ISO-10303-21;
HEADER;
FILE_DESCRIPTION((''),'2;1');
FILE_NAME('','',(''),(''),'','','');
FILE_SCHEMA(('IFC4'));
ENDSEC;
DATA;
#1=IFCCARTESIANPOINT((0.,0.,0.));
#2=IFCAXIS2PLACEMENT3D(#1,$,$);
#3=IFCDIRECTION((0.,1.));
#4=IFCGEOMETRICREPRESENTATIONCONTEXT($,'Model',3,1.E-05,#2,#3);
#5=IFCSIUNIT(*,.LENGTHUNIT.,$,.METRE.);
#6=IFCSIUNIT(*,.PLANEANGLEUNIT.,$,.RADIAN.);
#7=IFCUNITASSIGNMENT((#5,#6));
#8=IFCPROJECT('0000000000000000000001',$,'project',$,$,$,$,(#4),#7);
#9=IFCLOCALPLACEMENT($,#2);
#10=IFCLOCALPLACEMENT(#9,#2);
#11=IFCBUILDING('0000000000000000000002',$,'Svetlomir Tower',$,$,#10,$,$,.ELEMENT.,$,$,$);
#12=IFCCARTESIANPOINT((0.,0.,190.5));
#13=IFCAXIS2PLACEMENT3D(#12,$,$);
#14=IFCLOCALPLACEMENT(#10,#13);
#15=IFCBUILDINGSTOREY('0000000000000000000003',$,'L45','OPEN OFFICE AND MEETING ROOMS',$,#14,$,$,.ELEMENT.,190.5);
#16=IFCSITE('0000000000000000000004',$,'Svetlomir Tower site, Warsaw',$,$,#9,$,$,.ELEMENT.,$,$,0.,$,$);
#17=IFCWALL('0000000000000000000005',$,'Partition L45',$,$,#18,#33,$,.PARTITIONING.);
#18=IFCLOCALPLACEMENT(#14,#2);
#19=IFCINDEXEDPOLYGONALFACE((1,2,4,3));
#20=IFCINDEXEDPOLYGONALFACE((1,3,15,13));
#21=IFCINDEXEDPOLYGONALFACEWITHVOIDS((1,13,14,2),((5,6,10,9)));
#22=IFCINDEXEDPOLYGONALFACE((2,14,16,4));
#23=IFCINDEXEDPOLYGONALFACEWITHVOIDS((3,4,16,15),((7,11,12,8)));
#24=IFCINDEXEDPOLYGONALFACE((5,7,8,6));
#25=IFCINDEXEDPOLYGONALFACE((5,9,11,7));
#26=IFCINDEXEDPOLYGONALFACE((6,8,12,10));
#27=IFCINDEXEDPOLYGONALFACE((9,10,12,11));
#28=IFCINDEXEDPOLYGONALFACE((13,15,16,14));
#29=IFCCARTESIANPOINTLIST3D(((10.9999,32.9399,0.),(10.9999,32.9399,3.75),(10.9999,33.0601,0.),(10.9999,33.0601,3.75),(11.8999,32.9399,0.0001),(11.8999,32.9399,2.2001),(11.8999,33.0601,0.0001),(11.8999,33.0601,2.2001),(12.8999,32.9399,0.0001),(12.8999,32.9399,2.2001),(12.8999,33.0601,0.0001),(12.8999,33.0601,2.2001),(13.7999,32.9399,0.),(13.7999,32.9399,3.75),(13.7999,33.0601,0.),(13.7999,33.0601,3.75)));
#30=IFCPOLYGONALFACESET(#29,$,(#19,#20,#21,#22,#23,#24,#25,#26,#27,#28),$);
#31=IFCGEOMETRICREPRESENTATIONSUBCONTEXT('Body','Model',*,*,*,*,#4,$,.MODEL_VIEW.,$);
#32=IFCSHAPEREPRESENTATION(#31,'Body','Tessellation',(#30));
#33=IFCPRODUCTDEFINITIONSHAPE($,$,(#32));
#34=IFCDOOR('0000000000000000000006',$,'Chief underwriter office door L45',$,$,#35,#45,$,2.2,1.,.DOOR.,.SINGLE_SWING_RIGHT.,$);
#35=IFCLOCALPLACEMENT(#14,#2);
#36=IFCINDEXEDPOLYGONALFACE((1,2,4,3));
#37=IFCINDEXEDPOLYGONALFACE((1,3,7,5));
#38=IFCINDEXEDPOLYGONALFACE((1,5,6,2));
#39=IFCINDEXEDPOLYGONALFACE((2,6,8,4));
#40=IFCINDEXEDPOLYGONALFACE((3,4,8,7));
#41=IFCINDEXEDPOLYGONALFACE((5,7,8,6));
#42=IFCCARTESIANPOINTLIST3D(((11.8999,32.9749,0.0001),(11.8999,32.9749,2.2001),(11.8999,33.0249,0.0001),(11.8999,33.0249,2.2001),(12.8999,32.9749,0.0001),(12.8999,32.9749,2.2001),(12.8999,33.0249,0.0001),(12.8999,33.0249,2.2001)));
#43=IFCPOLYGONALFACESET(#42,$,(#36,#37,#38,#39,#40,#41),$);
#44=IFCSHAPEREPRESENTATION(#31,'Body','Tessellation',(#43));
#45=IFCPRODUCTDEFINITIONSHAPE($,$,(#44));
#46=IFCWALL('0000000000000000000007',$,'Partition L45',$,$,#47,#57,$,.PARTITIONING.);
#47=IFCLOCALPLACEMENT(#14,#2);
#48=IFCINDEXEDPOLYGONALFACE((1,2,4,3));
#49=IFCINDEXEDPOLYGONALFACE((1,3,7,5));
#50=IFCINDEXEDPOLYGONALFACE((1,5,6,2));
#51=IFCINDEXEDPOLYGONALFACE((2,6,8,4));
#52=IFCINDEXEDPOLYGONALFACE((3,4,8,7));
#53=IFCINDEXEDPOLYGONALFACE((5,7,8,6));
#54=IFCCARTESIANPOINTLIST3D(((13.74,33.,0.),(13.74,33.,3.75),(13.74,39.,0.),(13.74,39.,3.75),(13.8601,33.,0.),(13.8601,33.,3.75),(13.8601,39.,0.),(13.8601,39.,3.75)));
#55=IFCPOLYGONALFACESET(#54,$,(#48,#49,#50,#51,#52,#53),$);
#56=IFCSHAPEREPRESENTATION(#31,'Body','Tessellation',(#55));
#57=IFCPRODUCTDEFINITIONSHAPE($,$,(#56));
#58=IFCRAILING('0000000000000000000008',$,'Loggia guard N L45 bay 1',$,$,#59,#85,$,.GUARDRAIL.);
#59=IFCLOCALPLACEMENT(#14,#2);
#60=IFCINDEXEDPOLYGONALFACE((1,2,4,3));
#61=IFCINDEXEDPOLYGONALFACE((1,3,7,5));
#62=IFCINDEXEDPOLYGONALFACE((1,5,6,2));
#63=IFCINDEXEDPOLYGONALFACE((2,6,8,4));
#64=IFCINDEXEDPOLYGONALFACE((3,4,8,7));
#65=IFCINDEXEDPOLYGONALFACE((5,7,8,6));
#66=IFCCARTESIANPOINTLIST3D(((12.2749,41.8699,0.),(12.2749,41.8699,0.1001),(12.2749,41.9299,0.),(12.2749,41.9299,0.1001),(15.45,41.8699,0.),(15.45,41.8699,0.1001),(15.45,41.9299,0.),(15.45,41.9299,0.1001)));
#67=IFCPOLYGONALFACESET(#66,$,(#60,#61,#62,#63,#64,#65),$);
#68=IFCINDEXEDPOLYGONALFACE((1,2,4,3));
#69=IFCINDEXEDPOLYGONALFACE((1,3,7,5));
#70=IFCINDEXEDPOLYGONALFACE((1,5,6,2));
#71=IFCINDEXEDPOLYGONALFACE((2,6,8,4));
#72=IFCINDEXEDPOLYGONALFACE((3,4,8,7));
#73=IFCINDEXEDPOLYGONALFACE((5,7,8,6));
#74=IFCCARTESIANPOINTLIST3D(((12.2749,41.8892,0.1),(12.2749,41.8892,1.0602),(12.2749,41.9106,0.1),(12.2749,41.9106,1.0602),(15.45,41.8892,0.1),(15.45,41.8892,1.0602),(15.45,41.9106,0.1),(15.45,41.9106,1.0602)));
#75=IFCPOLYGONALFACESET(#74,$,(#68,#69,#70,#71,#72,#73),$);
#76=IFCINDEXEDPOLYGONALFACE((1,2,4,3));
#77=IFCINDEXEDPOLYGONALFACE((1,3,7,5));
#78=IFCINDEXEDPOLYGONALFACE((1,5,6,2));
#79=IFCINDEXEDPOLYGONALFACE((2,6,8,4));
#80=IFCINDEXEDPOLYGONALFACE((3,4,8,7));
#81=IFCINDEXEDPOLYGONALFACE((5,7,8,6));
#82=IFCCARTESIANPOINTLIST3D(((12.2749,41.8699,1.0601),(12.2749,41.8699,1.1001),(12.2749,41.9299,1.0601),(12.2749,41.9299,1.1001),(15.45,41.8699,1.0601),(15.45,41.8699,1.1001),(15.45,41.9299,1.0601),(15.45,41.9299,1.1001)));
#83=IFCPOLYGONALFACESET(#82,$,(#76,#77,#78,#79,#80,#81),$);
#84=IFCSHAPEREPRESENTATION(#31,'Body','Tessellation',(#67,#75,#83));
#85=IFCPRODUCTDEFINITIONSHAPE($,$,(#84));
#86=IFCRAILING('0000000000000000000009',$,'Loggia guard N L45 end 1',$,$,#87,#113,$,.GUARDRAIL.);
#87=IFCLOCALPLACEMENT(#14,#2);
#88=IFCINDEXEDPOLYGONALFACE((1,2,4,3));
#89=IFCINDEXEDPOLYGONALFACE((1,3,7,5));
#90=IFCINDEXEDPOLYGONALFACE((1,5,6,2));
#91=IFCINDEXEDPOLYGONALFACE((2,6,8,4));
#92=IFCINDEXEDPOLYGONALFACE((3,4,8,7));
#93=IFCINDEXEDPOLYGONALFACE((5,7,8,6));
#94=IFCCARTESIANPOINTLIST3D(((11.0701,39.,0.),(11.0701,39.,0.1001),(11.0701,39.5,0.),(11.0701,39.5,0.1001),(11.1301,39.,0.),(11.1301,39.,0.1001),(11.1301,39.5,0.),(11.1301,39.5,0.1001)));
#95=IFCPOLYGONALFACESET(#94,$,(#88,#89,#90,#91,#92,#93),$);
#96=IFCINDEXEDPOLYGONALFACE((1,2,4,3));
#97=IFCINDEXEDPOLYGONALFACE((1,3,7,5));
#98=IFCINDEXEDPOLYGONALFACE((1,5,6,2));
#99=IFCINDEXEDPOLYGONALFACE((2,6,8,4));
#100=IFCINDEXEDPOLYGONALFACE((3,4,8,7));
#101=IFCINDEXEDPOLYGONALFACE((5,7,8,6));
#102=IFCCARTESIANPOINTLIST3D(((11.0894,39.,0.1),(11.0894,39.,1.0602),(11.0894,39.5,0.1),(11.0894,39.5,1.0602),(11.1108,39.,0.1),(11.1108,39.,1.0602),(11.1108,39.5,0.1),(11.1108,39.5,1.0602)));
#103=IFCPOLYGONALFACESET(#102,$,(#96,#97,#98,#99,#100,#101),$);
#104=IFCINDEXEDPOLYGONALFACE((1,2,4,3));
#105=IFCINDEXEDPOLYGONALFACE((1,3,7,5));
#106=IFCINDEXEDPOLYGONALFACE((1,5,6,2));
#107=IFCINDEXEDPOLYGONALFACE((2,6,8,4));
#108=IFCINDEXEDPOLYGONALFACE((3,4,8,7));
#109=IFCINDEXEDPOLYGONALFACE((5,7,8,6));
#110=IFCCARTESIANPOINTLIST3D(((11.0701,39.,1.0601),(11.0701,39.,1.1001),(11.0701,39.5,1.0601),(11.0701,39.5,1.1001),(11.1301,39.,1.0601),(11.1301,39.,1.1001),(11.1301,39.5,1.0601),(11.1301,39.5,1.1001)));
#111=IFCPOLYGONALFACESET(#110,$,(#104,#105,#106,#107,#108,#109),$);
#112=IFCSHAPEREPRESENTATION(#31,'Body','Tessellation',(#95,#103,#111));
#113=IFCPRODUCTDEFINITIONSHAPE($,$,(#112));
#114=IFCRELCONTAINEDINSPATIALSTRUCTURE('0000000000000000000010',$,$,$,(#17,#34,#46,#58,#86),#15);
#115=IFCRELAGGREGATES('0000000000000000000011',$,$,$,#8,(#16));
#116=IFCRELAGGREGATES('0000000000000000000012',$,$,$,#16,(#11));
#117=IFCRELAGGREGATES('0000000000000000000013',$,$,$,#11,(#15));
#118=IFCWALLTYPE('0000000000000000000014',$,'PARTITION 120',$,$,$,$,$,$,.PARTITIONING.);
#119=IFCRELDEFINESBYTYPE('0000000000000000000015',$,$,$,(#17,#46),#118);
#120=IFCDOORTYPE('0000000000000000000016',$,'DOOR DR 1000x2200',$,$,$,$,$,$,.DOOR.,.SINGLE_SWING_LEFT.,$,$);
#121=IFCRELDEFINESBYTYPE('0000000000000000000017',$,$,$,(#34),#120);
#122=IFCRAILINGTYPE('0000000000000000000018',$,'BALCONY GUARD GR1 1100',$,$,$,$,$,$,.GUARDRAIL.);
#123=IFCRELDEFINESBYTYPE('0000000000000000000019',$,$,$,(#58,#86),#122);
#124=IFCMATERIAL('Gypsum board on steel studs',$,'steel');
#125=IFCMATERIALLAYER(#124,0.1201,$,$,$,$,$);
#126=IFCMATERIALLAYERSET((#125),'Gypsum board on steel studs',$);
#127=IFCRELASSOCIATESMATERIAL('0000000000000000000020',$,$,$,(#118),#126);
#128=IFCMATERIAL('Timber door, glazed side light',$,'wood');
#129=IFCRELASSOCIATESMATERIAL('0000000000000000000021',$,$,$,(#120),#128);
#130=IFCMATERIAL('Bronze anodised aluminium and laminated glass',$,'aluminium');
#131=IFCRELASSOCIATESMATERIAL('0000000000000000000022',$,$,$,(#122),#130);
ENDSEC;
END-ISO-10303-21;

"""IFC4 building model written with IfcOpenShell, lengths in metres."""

from ifc_helpers import new_model, si_unit, direction, frame, frame_2d, origin, origin_2d, place, context, subcontext, project, spatial, rectangle, extrude, material, layer, layer_set, type_object, element, fill, save


model = new_model("IFC4")

# Units and contexts
model_context = context("Model", 3, precision=1e-05, world=origin(), true_north=direction((0.0, 1.0)))
body_context = subcontext(model_context, "Body", "Model", "MODEL_VIEW")
ifc_project = project(units=[si_unit("LENGTHUNIT", "METRE"), si_unit("PLANEANGLEUNIT", "RADIAN")], contexts=[model_context])

# Site, building, storey
site_placement = place(None, origin())
site = spatial("IfcSite", under=ifc_project, at=site_placement, Name="Svetlomir Tower site, Warsaw", CompositionType="ELEMENT", RefElevation=0.0)
building_placement = place(site_placement, origin())
building = spatial("IfcBuilding", under=site, at=building_placement, Name="Svetlomir Tower", CompositionType="ELEMENT")
storey_placement = place(building_placement, frame((0.0, 0.0, 190.5)))
storey = spatial("IfcBuildingStorey", under=building, at=storey_placement, Name="L45", Description="OPEN OFFICE AND MEETING ROOMS", CompositionType="ELEMENT", Elevation=190.5)

# Wall, opening, door
ifc_material_1 = material(Name="Gypsum board on steel studs", Category="steel")
ifc_layer_1 = layer(ifc_material_1, 0.1201)
ifc_layer_set_1 = layer_set([ifc_layer_1], Name="Gypsum board on steel studs")
wall_type_1 = type_object("IfcWallType", Name="PARTITION 120", PredefinedType="PARTITIONING", material=ifc_layer_set_1)
wall_1_placement = place(storey_placement, frame((11.0, 33.0, 0.0), z_axis=(0.0, 0.0, 1.0), x_axis=(1.0, 0.0, 0.0)))
wall_1 = element("IfcWall", 1, at=wall_1_placement, inside=storey, type_object=wall_type_1, Name="Partition L45", PredefinedType="PARTITIONING", context=body_context, shape_type="SweptSolid", body=[
    extrude(rectangle(XDim=2.8, YDim=0.1201, at=frame_2d((1.3999, 0.0))), origin(), (0.0, 0.0, 1.0), 3.75),
])
opening_1_placement = place(wall_1_placement, frame((0.8999, 0.0, 0.0)))
opening_1 = element("IfcOpeningElement", 2, at=opening_1_placement, cuts=wall_1, PredefinedType="OPENING", context=body_context, shape_type="SweptSolid", body=[
    extrude(rectangle(XDim=1.0, YDim=2.2, at=frame_2d((0.5, 1.1001))), frame((0.0, 0.0701, 0.0), z_axis=(0.0, -1.0, 0.0), x_axis=(1.0, 0.0, 0.0)), (0.0, 0.0, 1.0), 0.1401),
])
ifc_material_2 = material(Name="Timber door, glazed side light", Category="wood")
door_type_1 = type_object("IfcDoorType", Name="DOOR DR 1000x2200", OperationType="SINGLE_SWING_LEFT", PredefinedType="DOOR", material=ifc_material_2)
door_1_placement = place(opening_1_placement, origin())
door_1 = element("IfcDoor", 3, at=door_1_placement, inside=storey, type_object=door_type_1, Name="Chief underwriter office door L45", OperationType="SINGLE_SWING_RIGHT", OverallHeight=2.2, OverallWidth=1.0, PredefinedType="DOOR", context=body_context, shape_type="SweptSolid", body=[
    extrude(rectangle(XDim=1.0, YDim=2.2, at=frame_2d((0.5, 1.1001))), frame((0.0, 0.0249, 0.0), z_axis=(0.0, -1.0, 0.0), x_axis=(1.0, 0.0, 0.0)), (0.0, 0.0, 1.0), 0.05),
])
fill(opening_1, door_1)

# Wall
wall_2_placement = place(storey_placement, frame((13.8, 33.0, 0.0), z_axis=(0.0, 0.0, 1.0), x_axis=(0.0, 1.0, 0.0)))
element("IfcWall", 4, at=wall_2_placement, inside=storey, type_object=wall_type_1, Name="Partition L45", PredefinedType="PARTITIONING", context=body_context, shape_type="SweptSolid", body=[
    extrude(rectangle(XDim=6.0, YDim=0.1201, at=frame_2d((3.0, 0.0))), origin(), (0.0, 0.0, 1.0), 3.75),
])

# Railings
ifc_material_3 = material(Name="Bronze anodised aluminium and laminated glass", Category="aluminium")
railing_type = type_object("IfcRailingType", Name="BALCONY GUARD GR1 1100", PredefinedType="GUARDRAIL", material=ifc_material_3)
railing_1_placement = place(storey_placement, frame((12.2749, 41.8999, 0.0)))
element("IfcRailing", 5, at=railing_1_placement, inside=storey, type_object=railing_type, Name="Loggia guard N L45 bay 1", PredefinedType="GUARDRAIL", context=body_context, shape_type="SweptSolid", body=[
    extrude(rectangle(XDim=0.0601, YDim=0.1001, at=origin_2d()), frame((0.0, 0.0, 0.05), z_axis=(1.0, 0.0, 0.0), x_axis=(0.0, 1.0, 0.0)), (0.0, 0.0, 1.0), 3.175),
    extrude(rectangle(XDim=0.0215, YDim=0.9602, at=origin_2d()), frame((0.0, 0.0, 0.5801), z_axis=(1.0, 0.0, 0.0), x_axis=(0.0, 1.0, 0.0)), (0.0, 0.0, 1.0), 3.175),
    extrude(rectangle(XDim=0.0601, YDim=0.04, at=origin_2d()), frame((0.0, 0.0, 1.0801), z_axis=(1.0, 0.0, 0.0), x_axis=(0.0, 1.0, 0.0)), (0.0, 0.0, 1.0), 3.175),
])
railing_2_placement = place(storey_placement, frame((11.1001, 39.5, 0.0)))
element("IfcRailing", 6, at=railing_2_placement, inside=storey, type_object=railing_type, Name="Loggia guard N L45 end 1", PredefinedType="GUARDRAIL", context=body_context, shape_type="SweptSolid", body=[
    extrude(rectangle(XDim=0.0601, YDim=0.1001, at=origin_2d()), frame((0.0, 0.0, 0.05), z_axis=(0.0, -1.0, 0.0), x_axis=(1.0, 0.0, 0.0)), (0.0, 0.0, 1.0), 0.5),
    extrude(rectangle(XDim=0.0215, YDim=0.9602, at=origin_2d()), frame((0.0, 0.0, 0.5801), z_axis=(0.0, -1.0, 0.0), x_axis=(1.0, 0.0, 0.0)), (0.0, 0.0, 1.0), 0.5),
    extrude(rectangle(XDim=0.0601, YDim=0.04, at=origin_2d()), frame((0.0, 0.0, 1.0801), z_axis=(0.0, -1.0, 0.0), x_axis=(1.0, 0.0, 0.0)), (0.0, 0.0, 1.0), 0.5),
])

save(model, "model.ifc")
